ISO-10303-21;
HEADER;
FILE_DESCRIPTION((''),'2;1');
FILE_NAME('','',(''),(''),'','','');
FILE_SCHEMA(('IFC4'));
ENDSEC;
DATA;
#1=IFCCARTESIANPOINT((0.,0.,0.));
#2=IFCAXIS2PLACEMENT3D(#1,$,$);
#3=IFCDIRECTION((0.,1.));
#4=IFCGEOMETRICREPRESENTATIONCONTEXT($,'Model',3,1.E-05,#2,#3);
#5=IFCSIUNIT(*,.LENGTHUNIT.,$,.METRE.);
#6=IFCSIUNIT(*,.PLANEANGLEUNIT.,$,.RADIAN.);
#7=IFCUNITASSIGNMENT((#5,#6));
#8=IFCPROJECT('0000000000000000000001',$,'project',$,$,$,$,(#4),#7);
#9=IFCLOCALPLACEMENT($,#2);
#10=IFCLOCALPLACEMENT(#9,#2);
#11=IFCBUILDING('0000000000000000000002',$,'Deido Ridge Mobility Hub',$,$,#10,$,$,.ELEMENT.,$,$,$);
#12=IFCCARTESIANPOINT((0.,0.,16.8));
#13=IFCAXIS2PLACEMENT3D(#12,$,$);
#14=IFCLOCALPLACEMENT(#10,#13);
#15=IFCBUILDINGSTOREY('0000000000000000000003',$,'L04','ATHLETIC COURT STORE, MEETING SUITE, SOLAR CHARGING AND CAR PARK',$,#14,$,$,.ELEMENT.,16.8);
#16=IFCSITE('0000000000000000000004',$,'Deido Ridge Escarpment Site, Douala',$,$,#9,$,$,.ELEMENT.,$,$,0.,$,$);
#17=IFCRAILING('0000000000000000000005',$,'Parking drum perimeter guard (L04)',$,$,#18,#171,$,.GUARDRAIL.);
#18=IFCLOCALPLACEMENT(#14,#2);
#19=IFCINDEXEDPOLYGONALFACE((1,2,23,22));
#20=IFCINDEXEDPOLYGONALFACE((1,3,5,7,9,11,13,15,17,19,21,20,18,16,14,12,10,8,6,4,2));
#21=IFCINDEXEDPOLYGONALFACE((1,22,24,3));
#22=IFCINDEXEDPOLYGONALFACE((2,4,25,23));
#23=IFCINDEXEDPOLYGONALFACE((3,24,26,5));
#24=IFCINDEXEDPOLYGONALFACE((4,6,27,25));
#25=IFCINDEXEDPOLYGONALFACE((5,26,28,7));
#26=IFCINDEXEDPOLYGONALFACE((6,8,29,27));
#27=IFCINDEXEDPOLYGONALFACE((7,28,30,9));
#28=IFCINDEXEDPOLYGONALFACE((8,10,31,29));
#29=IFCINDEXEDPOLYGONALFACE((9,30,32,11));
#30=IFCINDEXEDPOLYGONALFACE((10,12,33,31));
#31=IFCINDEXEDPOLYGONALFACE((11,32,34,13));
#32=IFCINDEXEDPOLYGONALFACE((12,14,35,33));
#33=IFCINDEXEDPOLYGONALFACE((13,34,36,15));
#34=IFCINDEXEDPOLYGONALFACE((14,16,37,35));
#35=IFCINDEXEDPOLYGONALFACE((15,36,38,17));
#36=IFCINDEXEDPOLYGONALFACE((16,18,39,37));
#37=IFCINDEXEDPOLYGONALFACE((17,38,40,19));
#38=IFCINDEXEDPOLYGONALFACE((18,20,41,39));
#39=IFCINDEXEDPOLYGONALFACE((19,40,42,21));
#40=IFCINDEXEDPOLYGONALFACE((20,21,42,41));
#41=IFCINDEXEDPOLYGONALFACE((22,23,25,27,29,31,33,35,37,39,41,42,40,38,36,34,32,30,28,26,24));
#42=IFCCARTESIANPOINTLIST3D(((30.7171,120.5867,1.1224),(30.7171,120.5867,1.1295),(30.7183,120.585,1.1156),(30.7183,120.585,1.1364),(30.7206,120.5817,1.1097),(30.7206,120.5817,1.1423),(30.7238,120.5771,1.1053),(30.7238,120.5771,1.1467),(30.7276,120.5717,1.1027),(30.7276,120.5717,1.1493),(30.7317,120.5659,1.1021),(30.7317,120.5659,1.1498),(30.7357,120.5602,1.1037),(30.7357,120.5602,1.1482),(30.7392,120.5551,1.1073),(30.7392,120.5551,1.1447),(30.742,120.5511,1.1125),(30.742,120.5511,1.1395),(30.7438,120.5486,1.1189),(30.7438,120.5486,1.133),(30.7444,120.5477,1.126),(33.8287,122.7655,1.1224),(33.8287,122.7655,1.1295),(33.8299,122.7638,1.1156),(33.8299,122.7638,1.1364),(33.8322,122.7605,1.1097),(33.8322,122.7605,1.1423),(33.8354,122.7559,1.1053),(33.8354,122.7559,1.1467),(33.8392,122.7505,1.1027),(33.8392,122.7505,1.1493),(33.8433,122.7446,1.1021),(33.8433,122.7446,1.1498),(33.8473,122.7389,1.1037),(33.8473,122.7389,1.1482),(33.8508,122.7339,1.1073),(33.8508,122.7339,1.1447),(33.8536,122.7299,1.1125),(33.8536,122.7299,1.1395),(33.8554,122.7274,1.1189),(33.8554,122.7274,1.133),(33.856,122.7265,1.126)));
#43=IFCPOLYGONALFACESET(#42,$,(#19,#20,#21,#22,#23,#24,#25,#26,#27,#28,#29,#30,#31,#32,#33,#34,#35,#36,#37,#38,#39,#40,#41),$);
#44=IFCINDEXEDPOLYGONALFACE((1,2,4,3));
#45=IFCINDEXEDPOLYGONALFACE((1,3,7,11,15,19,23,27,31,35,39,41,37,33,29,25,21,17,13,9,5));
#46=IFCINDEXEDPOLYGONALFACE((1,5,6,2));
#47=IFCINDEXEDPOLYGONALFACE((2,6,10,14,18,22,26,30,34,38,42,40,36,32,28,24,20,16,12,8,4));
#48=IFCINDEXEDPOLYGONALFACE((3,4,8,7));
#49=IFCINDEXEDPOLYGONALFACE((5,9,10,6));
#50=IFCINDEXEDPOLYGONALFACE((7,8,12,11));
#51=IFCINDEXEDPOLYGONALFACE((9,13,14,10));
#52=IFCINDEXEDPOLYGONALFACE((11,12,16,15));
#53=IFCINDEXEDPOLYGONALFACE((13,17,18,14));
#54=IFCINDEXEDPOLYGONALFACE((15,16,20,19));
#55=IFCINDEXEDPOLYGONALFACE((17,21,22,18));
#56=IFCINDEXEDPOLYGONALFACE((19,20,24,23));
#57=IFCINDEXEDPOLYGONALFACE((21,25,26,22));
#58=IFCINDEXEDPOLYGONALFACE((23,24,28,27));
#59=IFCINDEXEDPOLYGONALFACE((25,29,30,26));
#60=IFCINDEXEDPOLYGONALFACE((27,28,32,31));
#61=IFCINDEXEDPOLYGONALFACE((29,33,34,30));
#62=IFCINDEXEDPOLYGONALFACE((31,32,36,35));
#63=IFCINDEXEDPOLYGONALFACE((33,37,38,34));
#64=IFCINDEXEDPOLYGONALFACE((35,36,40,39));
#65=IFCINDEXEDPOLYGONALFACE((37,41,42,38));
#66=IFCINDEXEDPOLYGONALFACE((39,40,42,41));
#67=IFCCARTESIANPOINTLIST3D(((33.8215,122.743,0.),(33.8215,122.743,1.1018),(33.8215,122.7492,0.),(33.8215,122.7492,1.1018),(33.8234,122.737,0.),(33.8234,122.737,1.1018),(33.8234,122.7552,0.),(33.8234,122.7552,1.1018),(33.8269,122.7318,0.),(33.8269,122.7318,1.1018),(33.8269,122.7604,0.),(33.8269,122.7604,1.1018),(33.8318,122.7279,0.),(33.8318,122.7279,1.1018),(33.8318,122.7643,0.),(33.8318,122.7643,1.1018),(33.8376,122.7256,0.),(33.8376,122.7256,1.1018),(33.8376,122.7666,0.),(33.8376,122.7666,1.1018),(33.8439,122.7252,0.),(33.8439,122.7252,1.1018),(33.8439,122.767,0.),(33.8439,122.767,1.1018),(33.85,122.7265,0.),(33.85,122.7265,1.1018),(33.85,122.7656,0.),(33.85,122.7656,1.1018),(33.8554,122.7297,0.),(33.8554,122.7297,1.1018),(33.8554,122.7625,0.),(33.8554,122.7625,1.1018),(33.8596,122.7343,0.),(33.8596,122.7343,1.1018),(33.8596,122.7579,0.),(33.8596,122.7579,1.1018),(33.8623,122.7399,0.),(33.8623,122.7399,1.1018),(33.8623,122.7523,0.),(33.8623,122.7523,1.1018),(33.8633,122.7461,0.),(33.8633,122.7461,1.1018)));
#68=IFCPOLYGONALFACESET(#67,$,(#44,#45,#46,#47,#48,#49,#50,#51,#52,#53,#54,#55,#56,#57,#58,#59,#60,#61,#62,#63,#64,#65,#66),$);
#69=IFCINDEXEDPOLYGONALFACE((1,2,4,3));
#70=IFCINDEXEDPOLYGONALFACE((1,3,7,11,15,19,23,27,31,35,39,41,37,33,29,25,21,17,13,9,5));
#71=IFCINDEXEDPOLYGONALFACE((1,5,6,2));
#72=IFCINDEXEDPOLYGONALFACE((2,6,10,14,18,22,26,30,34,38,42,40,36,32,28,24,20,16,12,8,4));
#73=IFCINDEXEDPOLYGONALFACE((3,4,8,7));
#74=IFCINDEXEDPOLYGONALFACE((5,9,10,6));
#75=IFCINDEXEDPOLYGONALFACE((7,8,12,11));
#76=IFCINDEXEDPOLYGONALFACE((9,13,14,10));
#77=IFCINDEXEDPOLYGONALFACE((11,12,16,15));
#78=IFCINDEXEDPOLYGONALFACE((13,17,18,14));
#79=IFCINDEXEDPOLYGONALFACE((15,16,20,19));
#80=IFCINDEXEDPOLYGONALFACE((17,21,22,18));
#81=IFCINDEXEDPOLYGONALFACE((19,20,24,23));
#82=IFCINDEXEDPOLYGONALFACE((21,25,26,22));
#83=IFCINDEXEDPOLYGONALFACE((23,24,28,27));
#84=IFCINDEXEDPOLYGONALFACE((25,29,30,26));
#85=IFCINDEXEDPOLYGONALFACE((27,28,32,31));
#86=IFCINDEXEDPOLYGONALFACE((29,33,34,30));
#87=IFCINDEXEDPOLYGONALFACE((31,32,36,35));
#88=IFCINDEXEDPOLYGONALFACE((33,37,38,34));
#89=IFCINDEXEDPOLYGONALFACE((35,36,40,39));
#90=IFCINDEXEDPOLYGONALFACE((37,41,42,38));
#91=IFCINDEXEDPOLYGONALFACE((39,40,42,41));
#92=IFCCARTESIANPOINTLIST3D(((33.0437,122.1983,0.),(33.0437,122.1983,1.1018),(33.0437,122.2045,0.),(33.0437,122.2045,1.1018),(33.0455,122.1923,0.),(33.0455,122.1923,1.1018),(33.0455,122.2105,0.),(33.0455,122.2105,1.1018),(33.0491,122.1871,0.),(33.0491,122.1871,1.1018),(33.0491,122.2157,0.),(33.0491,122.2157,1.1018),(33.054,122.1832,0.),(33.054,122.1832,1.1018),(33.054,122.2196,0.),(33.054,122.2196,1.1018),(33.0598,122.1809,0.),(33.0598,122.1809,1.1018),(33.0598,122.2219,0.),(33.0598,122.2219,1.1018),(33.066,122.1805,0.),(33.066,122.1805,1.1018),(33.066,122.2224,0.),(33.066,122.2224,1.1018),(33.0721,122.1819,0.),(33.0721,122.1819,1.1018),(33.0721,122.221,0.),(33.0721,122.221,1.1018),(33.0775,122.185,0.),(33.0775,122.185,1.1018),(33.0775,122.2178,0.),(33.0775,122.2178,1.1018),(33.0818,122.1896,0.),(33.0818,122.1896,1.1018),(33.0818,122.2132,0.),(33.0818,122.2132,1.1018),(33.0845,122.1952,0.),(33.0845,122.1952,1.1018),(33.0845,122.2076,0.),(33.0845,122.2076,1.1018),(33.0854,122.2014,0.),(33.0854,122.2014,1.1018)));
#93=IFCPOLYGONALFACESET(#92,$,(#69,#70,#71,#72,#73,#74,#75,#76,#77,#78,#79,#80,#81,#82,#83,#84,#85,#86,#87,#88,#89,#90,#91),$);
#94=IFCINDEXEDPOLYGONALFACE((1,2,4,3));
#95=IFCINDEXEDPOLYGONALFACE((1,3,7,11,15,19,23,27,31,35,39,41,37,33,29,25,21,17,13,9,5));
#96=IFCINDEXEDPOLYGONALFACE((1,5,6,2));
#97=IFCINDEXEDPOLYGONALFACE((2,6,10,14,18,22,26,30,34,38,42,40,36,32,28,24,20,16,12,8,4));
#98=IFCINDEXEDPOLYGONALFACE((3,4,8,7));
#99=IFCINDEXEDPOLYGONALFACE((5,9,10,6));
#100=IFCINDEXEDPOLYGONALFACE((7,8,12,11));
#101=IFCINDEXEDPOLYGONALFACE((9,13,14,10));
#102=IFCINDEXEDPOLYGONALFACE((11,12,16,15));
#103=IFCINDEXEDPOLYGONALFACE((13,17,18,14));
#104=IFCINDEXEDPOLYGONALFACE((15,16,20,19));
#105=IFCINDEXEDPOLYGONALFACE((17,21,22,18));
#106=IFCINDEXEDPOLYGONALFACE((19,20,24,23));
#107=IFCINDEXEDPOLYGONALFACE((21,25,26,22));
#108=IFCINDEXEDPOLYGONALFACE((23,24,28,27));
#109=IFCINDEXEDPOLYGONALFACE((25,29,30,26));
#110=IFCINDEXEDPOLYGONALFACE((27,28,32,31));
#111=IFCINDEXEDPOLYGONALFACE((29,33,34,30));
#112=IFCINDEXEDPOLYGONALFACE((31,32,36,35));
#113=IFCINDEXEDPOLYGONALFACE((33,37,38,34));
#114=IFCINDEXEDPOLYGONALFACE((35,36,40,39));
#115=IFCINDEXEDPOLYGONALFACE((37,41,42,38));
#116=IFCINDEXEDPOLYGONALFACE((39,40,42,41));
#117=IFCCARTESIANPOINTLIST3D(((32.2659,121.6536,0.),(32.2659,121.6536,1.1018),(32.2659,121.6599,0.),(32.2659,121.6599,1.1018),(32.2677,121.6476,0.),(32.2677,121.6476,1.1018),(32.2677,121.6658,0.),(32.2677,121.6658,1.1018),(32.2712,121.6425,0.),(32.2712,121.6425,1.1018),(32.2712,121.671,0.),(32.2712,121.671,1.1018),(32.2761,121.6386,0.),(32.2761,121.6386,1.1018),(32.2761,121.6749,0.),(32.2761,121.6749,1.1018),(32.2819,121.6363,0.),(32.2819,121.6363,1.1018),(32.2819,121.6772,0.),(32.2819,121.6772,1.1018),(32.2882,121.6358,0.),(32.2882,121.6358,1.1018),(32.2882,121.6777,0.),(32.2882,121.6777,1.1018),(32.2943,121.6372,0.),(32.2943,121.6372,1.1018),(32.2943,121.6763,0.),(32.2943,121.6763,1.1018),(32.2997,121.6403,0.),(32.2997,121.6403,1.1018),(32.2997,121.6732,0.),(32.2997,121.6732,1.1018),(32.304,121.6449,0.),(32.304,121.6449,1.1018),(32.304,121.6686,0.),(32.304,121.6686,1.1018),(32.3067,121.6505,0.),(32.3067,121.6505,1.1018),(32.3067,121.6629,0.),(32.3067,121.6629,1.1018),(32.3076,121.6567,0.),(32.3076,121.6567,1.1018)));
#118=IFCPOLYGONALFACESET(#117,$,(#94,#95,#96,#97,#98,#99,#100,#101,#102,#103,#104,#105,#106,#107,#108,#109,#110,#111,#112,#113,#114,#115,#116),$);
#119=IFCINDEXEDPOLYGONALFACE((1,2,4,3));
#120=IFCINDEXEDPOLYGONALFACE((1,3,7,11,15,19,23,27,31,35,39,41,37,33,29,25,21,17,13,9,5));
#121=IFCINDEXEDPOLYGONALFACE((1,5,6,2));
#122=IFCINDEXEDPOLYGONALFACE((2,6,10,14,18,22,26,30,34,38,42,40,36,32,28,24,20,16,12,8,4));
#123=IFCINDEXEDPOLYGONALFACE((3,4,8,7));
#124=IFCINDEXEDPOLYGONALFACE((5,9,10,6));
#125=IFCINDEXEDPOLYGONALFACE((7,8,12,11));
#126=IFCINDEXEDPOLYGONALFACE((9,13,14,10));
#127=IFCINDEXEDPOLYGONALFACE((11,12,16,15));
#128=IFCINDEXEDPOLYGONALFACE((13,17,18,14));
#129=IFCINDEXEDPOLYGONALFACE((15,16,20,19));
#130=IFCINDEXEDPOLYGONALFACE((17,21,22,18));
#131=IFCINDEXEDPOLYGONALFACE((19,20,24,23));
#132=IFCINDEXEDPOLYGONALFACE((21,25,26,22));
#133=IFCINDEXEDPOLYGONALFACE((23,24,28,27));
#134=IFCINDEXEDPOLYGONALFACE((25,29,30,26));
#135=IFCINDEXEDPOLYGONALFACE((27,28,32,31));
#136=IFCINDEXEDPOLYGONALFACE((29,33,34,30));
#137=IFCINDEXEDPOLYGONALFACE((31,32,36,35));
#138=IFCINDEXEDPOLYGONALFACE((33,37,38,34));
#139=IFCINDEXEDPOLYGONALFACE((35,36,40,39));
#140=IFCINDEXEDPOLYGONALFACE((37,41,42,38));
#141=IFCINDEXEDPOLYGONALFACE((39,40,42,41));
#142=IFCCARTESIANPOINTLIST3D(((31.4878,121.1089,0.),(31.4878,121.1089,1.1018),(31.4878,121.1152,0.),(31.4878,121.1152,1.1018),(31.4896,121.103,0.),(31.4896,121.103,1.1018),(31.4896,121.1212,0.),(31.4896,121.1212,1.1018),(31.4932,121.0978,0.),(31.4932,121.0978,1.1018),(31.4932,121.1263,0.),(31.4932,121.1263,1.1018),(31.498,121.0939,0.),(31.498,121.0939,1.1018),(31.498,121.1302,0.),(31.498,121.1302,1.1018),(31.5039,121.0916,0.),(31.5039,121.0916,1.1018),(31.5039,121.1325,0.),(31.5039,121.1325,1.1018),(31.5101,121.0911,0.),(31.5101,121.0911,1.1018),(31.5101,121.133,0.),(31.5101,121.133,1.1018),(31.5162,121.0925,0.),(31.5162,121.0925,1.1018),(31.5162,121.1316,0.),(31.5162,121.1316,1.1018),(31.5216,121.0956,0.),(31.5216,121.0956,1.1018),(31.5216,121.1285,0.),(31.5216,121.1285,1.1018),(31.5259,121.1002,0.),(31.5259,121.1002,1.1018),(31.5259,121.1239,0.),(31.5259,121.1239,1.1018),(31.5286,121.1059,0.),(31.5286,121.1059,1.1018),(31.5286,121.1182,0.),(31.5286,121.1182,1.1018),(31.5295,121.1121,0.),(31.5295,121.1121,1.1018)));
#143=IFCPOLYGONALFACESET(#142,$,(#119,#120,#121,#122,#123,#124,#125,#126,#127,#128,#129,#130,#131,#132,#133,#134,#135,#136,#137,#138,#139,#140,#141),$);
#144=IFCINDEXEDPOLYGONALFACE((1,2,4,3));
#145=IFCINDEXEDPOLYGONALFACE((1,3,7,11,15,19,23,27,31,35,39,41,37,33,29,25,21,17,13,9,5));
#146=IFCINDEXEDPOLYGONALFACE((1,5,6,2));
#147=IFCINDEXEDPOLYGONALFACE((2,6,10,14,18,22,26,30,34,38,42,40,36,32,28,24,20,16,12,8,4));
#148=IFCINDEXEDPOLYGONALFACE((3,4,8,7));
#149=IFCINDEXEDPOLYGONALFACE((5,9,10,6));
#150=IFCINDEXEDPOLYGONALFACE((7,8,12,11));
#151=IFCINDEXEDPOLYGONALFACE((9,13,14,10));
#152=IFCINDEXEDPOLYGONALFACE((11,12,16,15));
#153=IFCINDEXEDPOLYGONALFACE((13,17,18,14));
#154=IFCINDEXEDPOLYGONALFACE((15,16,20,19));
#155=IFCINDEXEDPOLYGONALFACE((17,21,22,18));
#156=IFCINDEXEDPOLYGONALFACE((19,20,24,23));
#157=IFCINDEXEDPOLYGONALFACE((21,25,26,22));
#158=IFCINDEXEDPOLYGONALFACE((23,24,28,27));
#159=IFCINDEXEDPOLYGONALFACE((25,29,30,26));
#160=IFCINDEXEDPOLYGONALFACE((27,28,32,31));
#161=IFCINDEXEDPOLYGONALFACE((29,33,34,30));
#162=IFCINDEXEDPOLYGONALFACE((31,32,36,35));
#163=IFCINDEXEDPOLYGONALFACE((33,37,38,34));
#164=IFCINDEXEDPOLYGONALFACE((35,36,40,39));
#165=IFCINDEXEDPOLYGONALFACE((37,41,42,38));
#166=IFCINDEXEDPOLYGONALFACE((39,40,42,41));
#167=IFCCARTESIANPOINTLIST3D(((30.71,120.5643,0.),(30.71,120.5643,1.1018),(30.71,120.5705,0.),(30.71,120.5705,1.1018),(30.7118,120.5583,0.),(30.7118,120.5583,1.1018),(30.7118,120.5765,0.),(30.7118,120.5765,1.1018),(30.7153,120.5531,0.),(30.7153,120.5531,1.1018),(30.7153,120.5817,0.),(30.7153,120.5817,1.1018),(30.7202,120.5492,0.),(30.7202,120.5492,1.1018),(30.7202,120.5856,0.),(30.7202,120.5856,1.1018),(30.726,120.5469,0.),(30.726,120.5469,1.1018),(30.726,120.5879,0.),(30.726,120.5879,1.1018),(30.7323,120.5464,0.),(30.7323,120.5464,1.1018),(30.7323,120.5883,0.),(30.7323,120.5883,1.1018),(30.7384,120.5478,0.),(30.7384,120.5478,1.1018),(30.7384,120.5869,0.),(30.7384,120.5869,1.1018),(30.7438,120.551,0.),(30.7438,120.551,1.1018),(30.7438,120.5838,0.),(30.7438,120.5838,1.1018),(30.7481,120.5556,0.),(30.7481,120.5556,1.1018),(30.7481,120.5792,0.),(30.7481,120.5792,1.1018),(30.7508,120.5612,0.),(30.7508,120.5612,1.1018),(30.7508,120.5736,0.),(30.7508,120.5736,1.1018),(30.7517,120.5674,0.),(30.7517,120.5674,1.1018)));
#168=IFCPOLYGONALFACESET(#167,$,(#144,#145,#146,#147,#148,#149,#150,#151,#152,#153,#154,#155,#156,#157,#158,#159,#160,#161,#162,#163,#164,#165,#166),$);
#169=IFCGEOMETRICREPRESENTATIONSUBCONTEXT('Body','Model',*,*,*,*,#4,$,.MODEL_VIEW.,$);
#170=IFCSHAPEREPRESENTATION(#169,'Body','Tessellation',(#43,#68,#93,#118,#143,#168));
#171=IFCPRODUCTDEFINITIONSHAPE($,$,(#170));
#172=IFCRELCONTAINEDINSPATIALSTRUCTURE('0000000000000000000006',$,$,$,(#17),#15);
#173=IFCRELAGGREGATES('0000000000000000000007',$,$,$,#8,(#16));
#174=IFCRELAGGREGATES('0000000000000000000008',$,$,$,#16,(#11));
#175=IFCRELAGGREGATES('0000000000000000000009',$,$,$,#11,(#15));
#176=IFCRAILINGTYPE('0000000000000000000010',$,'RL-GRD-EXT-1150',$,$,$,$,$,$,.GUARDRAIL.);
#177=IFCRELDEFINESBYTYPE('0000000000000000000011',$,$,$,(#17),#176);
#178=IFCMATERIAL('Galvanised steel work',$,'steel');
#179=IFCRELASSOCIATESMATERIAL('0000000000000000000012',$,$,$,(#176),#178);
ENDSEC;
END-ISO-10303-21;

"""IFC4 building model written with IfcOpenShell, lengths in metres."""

from ifc_helpers import new_model, si_unit, direction, frame, origin, origin_2d, place, context, subcontext, project, spatial, circle, extrude, material, type_object, element, save


model = new_model("IFC4")

# Units and contexts
model_context = context("Model", 3, precision=1e-05, world=origin(), true_north=direction((0.0, 1.0)))
body_context = subcontext(model_context, "Body", "Model", "MODEL_VIEW")
ifc_project = project(units=[si_unit("LENGTHUNIT", "METRE"), si_unit("PLANEANGLEUNIT", "RADIAN")], contexts=[model_context])

# Site, building, storey
site_placement = place(None, origin())
site = spatial("IfcSite", under=ifc_project, at=site_placement, Name="Deido Ridge Escarpment Site, Douala", CompositionType="ELEMENT", RefElevation=0.0)
building_placement = place(site_placement, origin())
building = spatial("IfcBuilding", under=site, at=building_placement, Name="Deido Ridge Mobility Hub", CompositionType="ELEMENT")
storey_placement = place(building_placement, frame((0.0, 0.0, 16.8)))
storey = spatial("IfcBuildingStorey", under=building, at=storey_placement, Name="L04", Description="ATHLETIC COURT STORE, MEETING SUITE, SOLAR CHARGING AND CAR PARK", CompositionType="ELEMENT", Elevation=16.8)

# Railing
ifc_material_1 = material(Name="Galvanised steel work", Category="steel")
railing_type = type_object("IfcRailingType", Name="RL-GRD-EXT-1150", PredefinedType="GUARDRAIL", material=ifc_material_1)
railing_1_placement = place(storey_placement, frame((33.8423, 122.7461, 0.0)))
element("IfcRailing", 1, at=railing_1_placement, inside=storey, type_object=railing_type, Name="Parking drum perimeter guard (L04)", PredefinedType="GUARDRAIL", context=body_context, shape_type="SweptSolid", body=[
    extrude(circle(Radius=0.0239, at=origin_2d()), frame((0.0, 0.0, 1.126), z_axis=(-0.819156, -0.57357, 0.0), x_axis=(0.57357, -0.819156, 0.0)), (0.0, 0.0, 1.0), 3.7986),
    extrude(circle(Radius=0.021, at=origin_2d()), origin(), (0.0, 0.0, 1.0), 1.1018),
    extrude(circle(Radius=0.021, at=origin_2d()), frame((-0.7778, -0.5447, 0.0)), (0.0, 0.0, 1.0), 1.1018),
    extrude(circle(Radius=0.021, at=origin_2d()), frame((-1.5557, -1.0894, 0.0)), (0.0, 0.0, 1.0), 1.1018),
    extrude(circle(Radius=0.021, at=origin_2d()), frame((-2.3337, -1.634, 0.0)), (0.0, 0.0, 1.0), 1.1018),
    extrude(circle(Radius=0.021, at=origin_2d()), frame((-3.1116, -2.1787, 0.0)), (0.0, 0.0, 1.0), 1.1018),
])

save(model, "model.ifc")
